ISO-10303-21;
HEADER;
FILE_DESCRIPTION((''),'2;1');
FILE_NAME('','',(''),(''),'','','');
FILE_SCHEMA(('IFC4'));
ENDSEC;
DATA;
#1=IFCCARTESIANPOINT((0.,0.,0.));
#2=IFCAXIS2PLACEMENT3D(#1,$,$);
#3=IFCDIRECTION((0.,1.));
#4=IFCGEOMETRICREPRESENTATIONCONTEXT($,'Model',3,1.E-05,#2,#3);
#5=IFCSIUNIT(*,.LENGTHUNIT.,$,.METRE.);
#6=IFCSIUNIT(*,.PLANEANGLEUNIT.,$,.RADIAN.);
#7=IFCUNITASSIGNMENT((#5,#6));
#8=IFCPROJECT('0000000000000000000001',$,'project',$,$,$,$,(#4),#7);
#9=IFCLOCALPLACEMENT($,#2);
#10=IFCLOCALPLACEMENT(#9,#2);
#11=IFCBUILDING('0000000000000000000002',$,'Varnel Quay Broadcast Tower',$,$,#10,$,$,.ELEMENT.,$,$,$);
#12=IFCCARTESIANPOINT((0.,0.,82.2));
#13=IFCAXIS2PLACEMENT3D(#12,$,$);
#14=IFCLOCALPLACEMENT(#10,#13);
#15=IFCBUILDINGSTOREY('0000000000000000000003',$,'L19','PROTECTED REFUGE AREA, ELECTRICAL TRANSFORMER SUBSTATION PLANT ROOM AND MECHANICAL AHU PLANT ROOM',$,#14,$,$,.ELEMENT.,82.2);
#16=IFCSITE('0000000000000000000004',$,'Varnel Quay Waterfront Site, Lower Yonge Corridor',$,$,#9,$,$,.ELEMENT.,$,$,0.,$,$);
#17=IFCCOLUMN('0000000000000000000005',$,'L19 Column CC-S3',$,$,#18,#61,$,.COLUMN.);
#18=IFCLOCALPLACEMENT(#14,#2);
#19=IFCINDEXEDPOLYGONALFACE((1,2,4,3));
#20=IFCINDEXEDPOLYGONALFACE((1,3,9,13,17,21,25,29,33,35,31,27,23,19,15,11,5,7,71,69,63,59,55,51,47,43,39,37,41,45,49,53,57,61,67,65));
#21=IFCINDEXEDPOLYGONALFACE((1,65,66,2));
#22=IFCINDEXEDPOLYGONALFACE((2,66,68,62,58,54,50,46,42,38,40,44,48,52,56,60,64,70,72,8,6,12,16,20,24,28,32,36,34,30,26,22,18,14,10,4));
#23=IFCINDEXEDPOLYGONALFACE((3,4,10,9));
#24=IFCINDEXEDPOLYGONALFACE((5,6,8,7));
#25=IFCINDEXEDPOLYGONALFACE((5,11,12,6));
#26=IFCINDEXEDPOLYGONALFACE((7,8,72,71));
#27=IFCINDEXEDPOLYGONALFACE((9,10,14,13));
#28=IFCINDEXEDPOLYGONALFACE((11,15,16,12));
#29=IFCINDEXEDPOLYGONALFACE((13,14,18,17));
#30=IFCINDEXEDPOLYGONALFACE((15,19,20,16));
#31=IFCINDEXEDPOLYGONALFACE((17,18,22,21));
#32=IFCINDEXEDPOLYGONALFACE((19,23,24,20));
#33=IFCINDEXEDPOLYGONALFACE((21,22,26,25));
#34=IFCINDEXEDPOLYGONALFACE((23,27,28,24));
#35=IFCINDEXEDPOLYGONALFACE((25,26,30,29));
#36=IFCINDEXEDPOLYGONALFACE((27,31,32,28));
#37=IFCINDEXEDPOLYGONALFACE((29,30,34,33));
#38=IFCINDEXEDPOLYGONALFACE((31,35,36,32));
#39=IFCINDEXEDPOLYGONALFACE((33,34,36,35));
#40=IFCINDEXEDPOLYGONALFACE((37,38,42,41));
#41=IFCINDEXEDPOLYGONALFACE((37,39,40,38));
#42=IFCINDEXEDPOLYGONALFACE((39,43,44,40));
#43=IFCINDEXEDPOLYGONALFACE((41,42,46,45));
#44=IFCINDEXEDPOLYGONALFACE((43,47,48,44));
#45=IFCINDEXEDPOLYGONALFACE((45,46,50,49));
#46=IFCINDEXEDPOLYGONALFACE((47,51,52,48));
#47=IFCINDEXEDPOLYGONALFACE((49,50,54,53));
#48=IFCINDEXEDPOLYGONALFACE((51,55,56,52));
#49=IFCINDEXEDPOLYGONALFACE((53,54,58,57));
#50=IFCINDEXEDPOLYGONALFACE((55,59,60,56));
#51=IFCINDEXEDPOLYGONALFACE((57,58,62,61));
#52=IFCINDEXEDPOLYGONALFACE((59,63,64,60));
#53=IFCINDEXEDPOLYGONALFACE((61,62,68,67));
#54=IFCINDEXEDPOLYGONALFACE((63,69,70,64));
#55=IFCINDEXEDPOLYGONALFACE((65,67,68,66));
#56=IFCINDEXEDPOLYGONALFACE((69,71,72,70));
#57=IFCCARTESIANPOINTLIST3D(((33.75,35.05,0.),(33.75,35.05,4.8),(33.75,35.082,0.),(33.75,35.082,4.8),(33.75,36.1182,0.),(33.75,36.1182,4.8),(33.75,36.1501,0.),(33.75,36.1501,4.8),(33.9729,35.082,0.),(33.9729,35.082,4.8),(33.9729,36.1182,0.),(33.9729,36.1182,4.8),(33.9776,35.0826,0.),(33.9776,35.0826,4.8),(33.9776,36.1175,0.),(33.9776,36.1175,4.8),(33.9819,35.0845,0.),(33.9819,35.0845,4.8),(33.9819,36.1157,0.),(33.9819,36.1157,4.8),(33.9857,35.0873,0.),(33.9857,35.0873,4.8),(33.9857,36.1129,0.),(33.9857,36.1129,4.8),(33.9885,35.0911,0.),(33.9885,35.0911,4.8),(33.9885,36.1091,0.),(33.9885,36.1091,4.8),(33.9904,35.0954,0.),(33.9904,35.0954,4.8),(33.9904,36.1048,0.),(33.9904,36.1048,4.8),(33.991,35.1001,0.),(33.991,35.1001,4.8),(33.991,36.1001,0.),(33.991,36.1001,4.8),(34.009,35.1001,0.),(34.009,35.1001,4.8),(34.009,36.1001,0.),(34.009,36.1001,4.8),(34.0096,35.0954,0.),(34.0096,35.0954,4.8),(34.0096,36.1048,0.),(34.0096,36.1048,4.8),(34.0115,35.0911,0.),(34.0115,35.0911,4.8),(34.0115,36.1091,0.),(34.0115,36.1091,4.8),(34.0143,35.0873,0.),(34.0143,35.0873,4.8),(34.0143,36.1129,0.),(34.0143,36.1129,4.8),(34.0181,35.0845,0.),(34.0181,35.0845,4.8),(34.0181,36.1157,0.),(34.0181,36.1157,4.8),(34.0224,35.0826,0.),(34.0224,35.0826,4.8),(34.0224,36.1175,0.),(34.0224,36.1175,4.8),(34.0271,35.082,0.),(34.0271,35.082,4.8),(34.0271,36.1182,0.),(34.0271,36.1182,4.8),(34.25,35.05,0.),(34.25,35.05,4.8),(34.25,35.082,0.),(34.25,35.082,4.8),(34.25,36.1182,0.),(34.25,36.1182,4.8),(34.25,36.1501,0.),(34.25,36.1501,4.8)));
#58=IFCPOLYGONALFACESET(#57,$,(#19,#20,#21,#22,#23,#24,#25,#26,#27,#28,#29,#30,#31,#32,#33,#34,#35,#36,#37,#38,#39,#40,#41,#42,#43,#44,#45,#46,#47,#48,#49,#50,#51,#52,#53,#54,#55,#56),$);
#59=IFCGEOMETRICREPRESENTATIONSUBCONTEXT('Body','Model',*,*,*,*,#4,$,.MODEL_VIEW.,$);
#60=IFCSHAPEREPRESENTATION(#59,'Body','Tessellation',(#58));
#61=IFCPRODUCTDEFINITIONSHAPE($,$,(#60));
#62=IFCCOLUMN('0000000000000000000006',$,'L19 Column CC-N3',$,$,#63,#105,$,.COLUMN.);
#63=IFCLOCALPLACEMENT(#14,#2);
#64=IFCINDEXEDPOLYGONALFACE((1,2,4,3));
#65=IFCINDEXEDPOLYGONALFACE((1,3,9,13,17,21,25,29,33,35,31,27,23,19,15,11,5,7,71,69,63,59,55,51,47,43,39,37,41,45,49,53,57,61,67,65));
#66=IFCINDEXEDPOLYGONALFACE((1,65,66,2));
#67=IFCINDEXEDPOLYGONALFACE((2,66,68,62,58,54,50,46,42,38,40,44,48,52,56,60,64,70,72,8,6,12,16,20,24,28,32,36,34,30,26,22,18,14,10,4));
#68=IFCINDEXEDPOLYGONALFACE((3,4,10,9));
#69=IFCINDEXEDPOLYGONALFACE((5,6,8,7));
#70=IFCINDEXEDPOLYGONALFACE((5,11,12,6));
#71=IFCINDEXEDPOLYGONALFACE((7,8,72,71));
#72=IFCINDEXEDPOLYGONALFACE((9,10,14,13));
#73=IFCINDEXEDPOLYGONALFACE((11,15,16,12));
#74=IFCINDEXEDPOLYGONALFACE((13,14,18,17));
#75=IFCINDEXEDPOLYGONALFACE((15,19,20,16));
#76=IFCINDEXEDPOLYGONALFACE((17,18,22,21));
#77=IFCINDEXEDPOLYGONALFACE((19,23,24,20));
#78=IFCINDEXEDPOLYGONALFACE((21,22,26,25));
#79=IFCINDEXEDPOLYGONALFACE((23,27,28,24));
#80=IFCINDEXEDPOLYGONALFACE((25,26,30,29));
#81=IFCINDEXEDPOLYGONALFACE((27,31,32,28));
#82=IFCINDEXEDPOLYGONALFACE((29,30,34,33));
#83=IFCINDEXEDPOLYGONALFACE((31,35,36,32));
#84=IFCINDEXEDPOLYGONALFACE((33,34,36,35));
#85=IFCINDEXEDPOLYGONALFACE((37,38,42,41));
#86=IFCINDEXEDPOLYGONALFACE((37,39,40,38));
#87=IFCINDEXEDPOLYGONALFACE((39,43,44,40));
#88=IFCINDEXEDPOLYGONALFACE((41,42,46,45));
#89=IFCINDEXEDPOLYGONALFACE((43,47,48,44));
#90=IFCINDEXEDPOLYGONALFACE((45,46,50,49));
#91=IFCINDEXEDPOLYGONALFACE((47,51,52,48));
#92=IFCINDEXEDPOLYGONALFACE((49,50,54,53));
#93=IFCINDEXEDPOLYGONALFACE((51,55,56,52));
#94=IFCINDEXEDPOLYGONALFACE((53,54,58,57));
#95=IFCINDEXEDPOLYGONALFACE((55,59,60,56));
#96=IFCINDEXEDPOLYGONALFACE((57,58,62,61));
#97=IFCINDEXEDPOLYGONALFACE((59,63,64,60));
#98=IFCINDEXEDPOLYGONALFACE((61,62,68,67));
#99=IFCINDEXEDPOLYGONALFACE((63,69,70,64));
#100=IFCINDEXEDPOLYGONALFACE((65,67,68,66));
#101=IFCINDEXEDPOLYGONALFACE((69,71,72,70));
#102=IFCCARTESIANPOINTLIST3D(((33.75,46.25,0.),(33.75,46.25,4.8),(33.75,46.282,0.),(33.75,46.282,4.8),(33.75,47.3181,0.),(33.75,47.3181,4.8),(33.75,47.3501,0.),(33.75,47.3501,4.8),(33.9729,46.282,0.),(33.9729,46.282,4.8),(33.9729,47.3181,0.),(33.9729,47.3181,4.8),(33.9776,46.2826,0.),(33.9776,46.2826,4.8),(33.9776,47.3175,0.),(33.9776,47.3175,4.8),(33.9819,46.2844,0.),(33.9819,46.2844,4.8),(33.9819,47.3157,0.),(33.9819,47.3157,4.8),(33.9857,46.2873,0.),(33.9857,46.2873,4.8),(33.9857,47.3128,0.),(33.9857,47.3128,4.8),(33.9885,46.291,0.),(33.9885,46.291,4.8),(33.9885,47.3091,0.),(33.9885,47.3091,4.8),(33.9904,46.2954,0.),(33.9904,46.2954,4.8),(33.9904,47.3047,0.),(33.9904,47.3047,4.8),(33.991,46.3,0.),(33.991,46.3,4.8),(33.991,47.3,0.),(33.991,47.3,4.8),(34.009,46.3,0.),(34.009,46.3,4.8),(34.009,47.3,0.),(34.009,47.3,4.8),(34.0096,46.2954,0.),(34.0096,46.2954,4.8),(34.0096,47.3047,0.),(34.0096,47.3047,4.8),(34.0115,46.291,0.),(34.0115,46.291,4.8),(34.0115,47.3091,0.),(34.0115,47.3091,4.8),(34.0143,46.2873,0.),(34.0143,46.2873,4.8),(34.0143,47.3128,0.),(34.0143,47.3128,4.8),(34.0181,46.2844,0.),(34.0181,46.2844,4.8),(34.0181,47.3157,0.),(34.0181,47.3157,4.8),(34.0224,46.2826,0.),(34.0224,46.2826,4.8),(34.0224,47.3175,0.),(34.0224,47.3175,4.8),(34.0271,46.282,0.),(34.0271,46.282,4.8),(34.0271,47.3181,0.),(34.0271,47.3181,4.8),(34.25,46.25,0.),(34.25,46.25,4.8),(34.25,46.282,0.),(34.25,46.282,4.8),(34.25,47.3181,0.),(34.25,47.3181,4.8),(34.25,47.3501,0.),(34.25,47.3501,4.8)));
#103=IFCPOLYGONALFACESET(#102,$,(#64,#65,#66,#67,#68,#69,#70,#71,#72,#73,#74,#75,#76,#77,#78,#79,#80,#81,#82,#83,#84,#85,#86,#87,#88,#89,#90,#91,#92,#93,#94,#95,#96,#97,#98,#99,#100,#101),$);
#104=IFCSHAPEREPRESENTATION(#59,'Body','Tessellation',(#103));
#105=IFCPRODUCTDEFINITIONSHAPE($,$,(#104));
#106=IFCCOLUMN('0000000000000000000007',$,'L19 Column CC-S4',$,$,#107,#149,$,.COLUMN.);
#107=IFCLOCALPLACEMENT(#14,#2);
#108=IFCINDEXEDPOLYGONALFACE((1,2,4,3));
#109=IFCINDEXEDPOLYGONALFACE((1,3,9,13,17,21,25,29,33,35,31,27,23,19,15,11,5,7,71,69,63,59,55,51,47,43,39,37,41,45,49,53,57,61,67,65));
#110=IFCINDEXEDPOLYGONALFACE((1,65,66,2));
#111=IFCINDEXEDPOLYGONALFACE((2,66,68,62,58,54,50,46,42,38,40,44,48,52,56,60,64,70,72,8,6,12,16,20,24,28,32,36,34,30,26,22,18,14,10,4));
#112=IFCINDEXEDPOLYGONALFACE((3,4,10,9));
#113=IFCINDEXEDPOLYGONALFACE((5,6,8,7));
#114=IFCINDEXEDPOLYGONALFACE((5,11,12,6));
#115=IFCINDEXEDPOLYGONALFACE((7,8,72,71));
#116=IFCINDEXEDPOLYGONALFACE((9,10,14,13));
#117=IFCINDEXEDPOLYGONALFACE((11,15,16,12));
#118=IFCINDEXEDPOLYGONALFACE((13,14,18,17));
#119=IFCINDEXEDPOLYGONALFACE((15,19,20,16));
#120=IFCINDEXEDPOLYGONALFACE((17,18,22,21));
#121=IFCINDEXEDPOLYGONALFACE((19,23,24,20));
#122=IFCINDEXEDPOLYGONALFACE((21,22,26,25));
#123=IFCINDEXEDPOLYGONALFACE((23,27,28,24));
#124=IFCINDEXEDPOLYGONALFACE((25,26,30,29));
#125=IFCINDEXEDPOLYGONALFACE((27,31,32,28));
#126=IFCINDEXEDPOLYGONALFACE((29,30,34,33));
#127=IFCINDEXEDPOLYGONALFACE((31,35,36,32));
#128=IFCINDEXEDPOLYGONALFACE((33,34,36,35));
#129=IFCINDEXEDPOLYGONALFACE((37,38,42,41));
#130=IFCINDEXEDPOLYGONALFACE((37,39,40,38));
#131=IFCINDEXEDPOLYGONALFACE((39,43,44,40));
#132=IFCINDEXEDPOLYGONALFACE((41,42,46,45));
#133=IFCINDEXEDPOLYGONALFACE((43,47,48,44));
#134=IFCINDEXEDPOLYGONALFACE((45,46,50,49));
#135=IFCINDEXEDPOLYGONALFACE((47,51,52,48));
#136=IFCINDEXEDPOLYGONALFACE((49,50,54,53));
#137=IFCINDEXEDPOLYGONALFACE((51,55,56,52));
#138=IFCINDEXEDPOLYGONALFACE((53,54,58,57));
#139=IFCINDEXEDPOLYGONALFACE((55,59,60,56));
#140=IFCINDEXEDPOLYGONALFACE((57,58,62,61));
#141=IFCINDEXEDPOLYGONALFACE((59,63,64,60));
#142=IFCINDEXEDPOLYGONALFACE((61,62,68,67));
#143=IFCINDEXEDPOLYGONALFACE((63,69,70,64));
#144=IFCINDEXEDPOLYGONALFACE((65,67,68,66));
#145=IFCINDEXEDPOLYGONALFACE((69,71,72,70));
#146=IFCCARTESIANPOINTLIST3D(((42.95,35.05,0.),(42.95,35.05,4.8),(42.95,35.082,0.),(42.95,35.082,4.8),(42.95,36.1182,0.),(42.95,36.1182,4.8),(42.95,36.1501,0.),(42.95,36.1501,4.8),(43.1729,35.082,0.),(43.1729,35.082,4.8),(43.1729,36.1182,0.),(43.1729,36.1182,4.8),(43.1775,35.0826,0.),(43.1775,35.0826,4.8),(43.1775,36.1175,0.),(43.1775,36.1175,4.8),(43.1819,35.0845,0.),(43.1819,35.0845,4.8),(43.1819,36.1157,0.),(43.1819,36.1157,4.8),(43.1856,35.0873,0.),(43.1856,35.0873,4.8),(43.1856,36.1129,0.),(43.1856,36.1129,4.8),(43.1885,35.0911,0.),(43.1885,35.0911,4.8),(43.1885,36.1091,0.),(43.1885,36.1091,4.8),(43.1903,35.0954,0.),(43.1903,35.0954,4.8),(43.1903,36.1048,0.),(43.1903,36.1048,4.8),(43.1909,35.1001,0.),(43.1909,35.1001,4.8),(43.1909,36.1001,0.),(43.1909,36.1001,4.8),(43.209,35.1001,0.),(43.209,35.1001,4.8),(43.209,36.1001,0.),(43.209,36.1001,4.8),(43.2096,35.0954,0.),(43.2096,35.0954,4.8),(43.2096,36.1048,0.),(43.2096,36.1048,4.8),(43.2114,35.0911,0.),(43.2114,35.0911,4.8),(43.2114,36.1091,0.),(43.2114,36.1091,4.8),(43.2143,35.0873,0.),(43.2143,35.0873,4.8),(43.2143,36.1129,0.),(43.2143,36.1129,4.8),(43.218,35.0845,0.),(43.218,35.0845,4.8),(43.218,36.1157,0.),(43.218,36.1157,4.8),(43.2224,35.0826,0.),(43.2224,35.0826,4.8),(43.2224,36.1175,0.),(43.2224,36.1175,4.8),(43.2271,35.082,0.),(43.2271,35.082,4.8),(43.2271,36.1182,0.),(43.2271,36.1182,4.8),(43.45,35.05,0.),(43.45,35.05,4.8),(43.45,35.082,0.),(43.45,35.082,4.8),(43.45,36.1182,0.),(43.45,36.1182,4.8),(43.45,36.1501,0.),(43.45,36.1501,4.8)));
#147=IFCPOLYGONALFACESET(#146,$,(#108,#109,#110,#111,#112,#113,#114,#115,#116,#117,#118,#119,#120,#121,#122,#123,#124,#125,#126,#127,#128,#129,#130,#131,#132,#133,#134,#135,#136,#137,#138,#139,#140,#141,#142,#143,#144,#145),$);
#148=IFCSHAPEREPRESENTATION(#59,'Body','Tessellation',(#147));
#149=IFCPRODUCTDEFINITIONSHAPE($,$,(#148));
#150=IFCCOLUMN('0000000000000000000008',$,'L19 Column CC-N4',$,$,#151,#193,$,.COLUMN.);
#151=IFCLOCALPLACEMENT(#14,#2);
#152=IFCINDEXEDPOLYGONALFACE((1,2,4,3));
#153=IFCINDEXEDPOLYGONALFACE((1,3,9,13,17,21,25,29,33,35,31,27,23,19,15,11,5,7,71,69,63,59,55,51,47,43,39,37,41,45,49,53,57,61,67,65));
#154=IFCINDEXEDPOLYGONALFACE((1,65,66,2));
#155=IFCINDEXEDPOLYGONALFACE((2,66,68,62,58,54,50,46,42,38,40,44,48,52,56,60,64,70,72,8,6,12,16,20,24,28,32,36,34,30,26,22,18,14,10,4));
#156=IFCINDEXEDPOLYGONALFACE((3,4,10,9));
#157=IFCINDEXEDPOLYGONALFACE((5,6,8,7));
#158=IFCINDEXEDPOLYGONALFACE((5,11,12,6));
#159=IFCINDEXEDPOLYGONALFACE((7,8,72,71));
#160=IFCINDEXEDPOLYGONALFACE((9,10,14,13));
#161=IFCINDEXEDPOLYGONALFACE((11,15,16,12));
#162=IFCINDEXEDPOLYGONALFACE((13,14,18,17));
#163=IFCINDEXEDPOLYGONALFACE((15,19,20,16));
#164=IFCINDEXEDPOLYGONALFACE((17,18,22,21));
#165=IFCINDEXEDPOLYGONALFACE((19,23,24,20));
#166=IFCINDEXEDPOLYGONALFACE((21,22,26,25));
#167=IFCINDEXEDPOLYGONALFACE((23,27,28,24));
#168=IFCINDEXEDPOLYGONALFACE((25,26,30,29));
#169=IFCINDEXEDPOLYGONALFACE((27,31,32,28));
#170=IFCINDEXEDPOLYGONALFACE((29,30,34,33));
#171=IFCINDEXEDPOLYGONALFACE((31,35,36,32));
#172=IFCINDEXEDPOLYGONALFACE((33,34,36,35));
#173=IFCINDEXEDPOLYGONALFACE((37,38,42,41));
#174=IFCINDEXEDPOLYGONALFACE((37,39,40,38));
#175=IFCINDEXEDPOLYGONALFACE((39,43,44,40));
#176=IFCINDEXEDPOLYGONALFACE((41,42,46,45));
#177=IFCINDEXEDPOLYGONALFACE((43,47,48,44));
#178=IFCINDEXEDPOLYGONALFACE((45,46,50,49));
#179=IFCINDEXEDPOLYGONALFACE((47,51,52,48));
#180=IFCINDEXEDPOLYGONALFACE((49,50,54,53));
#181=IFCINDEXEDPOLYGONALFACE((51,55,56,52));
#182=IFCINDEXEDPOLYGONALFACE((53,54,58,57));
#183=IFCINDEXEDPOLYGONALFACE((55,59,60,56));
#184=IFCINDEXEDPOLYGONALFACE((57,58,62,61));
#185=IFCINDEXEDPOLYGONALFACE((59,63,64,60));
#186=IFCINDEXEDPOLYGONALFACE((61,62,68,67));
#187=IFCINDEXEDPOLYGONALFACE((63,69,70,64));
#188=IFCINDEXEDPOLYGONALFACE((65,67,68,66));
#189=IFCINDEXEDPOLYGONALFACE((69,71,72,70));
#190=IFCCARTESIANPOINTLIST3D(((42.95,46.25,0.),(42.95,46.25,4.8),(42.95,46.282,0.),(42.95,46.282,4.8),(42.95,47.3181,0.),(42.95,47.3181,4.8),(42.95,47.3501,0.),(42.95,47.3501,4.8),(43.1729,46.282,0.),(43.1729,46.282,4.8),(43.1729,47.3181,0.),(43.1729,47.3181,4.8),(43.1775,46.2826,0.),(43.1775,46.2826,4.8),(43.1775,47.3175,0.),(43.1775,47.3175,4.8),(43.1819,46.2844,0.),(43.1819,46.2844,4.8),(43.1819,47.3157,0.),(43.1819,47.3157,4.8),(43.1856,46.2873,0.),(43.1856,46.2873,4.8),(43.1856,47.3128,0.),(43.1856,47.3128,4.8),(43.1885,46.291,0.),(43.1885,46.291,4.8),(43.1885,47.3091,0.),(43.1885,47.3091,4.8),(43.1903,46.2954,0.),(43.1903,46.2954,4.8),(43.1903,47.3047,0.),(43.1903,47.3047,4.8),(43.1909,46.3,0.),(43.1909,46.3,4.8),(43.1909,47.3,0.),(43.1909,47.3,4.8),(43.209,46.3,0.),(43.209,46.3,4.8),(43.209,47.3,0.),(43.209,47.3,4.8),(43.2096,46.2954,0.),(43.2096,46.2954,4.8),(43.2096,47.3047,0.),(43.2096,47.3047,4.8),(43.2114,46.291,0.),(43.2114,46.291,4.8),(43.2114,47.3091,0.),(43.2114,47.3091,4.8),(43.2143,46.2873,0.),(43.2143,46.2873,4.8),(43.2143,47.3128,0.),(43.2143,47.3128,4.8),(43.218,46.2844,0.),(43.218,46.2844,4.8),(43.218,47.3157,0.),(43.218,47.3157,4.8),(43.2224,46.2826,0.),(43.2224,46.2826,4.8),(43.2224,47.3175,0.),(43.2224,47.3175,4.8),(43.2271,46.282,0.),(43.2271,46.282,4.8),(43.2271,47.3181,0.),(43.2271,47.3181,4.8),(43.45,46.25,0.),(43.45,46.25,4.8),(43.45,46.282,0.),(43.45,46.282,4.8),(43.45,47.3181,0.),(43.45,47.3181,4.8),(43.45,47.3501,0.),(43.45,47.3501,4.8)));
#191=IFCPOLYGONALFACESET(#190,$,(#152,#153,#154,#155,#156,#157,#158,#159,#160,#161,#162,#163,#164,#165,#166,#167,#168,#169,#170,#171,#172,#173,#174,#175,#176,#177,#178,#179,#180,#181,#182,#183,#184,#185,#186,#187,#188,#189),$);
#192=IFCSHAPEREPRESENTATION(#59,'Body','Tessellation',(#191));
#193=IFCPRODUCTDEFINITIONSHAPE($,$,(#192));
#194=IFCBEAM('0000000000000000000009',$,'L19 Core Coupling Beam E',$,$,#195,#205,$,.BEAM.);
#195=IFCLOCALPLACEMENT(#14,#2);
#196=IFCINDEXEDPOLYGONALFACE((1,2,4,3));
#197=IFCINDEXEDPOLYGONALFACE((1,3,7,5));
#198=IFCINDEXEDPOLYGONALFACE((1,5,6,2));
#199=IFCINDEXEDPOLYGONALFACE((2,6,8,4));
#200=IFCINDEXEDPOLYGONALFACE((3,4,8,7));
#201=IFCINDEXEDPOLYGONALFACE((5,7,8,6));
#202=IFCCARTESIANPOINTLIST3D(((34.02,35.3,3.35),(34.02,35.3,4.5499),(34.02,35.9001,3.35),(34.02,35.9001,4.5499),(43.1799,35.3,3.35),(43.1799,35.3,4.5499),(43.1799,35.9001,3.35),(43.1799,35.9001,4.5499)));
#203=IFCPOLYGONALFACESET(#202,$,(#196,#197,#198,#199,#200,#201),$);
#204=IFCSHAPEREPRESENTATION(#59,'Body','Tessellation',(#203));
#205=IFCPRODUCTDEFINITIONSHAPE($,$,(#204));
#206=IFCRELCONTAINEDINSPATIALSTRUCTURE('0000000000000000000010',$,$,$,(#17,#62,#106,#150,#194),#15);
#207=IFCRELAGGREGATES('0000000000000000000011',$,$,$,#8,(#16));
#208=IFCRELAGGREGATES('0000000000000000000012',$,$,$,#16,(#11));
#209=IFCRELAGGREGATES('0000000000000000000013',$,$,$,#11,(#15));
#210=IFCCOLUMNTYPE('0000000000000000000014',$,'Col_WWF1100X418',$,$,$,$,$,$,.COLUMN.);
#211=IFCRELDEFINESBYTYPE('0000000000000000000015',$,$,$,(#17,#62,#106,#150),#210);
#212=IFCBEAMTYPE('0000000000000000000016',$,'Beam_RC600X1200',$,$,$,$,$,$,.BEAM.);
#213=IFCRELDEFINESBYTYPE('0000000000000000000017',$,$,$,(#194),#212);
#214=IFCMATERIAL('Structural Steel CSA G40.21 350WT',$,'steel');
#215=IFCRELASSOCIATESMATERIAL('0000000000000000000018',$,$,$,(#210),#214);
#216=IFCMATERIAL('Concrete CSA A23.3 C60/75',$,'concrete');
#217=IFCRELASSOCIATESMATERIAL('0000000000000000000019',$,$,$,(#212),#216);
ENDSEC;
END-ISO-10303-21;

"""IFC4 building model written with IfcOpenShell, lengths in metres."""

from ifc_helpers import new_model, si_unit, direction, frame, origin, origin_2d, place, context, subcontext, project, spatial, rectangle, i_section, extrude, source, transform, mapped, material, material_profile, profile_set, type_object, type_shapes, element, save


model = new_model("IFC4")

# Units and contexts
model_context = context("Model", 3, precision=1e-05, world=origin(), true_north=direction((0.0, 1.0)))
body_context = subcontext(model_context, "Body", "Model", "MODEL_VIEW")
ifc_project = project(units=[si_unit("LENGTHUNIT", "METRE"), si_unit("PLANEANGLEUNIT", "RADIAN")], contexts=[model_context])

# Site, building, storey
site_placement = place(None, origin())
site = spatial("IfcSite", under=ifc_project, at=site_placement, Name="Varnel Quay Waterfront Site, Lower Yonge Corridor", CompositionType="ELEMENT", RefElevation=0.0)
building_placement = place(site_placement, origin())
building = spatial("IfcBuilding", under=site, at=building_placement, Name="Varnel Quay Broadcast Tower", CompositionType="ELEMENT")
storey_placement = place(building_placement, frame((0.0, 0.0, 82.2)))
storey = spatial("IfcBuildingStorey", under=building, at=storey_placement, Name="L19", Description="PROTECTED REFUGE AREA, ELECTRICAL TRANSFORMER SUBSTATION PLANT ROOM AND MECHANICAL AHU PLANT ROOM", CompositionType="ELEMENT", Elevation=82.2)

# Columns
ifc_material_1 = material(Name="Structural Steel CSA G40.21 350WT", Category="steel")
ifc_material_profile_1 = material_profile(ifc_material_1, i_section(OverallWidth=0.5, OverallDepth=1.1001, WebThickness=0.0181, FlangeThickness=0.032, FilletRadius=0.0181, at=origin_2d()), Name="WWF1100X418")
ifc_profile_set_1 = profile_set([ifc_material_profile_1], Name="Structural Steel CSA G40.21 350WT")
column_type = type_object("IfcColumnType", Name="Col_WWF1100X418", PredefinedType="COLUMN", material=ifc_profile_set_1)
shared_shape_1 = source(origin(), body_context, "Body", "SweptSolid", [
    extrude(i_section(OverallWidth=0.5, OverallDepth=1.1001, WebThickness=0.0181, FlangeThickness=0.032, FilletRadius=0.0181, at=origin_2d()), origin(), (0.0, 0.0, 1.0), 4.8),
])
type_shapes(column_type, [shared_shape_1])
for number, where, z_axis, x_axis, name in (
    (1, (34.0, 35.6001, 0.0), (0.0, 0.0, 1.0), (1.0, 0.0, 0.0), "L19 Column CC-S3"),
    (2, (34.0, 46.8, 0.0), (0.0, 0.0, 1.0), (1.0, 0.0, 0.0), "L19 Column CC-N3"),
    (3, (43.2, 35.6001, 0.0), (0.0, 0.0, 1.0), (1.0, 0.0, 0.0), "L19 Column CC-S4"),
    (4, (43.2, 46.8, 0.0), (0.0, 0.0, 1.0), (1.0, 0.0, 0.0), "L19 Column CC-N4"),
):
    element("IfcColumn", number, at=place(storey_placement, frame(where, z_axis=z_axis, x_axis=x_axis)), inside=storey, type_object=column_type, Name=name, PredefinedType="COLUMN", context=body_context, shape_type="MappedRepresentation", body=[
        mapped(shared_shape_1, transform((0.0, 0.0, 0.0), x_axis=(1.0, 0.0, 0.0), y_axis=(0.0, 1.0, 0.0), z_axis=(0.0, 0.0, 1.0), scale=1.0)),
    ])

# Beam
ifc_material_2 = material(Name="Concrete CSA A23.3 C60/75", Category="concrete")
ifc_material_profile_2 = material_profile(ifc_material_2, rectangle(XDim=0.6001, YDim=1.2, at=origin_2d()), Name="RC600X1200")
ifc_profile_set_2 = profile_set([ifc_material_profile_2], Name="Concrete CSA A23.3 C60/75")
beam_type_1 = type_object("IfcBeamType", Name="Beam_RC600X1200", PredefinedType="BEAM", material=ifc_profile_set_2)
shared_shape_2 = source(origin(), body_context, "Body", "SweptSolid", [
    extrude(rectangle(XDim=0.6001, YDim=1.2, at=origin_2d()), origin(), (0.0, 0.0, 1.0), 9.1599),
])
type_shapes(beam_type_1, [shared_shape_2])
beam_1_placement = place(storey_placement, frame((34.02, 35.6001, 3.95), z_axis=(1.0, 0.0, 0.0), x_axis=(0.0, 1.0, 0.0)))
element("IfcBeam", 5, at=beam_1_placement, inside=storey, type_object=beam_type_1, Name="L19 Core Coupling Beam E", PredefinedType="BEAM", context=body_context, shape_type="MappedRepresentation", body=[
    mapped(shared_shape_2, transform((0.0, 0.0, 0.0), x_axis=(1.0, 0.0, 0.0), y_axis=(0.0, 1.0, 0.0), z_axis=(0.0, 0.0, 1.0), scale=1.0)),
])

save(model, "model.ifc")
